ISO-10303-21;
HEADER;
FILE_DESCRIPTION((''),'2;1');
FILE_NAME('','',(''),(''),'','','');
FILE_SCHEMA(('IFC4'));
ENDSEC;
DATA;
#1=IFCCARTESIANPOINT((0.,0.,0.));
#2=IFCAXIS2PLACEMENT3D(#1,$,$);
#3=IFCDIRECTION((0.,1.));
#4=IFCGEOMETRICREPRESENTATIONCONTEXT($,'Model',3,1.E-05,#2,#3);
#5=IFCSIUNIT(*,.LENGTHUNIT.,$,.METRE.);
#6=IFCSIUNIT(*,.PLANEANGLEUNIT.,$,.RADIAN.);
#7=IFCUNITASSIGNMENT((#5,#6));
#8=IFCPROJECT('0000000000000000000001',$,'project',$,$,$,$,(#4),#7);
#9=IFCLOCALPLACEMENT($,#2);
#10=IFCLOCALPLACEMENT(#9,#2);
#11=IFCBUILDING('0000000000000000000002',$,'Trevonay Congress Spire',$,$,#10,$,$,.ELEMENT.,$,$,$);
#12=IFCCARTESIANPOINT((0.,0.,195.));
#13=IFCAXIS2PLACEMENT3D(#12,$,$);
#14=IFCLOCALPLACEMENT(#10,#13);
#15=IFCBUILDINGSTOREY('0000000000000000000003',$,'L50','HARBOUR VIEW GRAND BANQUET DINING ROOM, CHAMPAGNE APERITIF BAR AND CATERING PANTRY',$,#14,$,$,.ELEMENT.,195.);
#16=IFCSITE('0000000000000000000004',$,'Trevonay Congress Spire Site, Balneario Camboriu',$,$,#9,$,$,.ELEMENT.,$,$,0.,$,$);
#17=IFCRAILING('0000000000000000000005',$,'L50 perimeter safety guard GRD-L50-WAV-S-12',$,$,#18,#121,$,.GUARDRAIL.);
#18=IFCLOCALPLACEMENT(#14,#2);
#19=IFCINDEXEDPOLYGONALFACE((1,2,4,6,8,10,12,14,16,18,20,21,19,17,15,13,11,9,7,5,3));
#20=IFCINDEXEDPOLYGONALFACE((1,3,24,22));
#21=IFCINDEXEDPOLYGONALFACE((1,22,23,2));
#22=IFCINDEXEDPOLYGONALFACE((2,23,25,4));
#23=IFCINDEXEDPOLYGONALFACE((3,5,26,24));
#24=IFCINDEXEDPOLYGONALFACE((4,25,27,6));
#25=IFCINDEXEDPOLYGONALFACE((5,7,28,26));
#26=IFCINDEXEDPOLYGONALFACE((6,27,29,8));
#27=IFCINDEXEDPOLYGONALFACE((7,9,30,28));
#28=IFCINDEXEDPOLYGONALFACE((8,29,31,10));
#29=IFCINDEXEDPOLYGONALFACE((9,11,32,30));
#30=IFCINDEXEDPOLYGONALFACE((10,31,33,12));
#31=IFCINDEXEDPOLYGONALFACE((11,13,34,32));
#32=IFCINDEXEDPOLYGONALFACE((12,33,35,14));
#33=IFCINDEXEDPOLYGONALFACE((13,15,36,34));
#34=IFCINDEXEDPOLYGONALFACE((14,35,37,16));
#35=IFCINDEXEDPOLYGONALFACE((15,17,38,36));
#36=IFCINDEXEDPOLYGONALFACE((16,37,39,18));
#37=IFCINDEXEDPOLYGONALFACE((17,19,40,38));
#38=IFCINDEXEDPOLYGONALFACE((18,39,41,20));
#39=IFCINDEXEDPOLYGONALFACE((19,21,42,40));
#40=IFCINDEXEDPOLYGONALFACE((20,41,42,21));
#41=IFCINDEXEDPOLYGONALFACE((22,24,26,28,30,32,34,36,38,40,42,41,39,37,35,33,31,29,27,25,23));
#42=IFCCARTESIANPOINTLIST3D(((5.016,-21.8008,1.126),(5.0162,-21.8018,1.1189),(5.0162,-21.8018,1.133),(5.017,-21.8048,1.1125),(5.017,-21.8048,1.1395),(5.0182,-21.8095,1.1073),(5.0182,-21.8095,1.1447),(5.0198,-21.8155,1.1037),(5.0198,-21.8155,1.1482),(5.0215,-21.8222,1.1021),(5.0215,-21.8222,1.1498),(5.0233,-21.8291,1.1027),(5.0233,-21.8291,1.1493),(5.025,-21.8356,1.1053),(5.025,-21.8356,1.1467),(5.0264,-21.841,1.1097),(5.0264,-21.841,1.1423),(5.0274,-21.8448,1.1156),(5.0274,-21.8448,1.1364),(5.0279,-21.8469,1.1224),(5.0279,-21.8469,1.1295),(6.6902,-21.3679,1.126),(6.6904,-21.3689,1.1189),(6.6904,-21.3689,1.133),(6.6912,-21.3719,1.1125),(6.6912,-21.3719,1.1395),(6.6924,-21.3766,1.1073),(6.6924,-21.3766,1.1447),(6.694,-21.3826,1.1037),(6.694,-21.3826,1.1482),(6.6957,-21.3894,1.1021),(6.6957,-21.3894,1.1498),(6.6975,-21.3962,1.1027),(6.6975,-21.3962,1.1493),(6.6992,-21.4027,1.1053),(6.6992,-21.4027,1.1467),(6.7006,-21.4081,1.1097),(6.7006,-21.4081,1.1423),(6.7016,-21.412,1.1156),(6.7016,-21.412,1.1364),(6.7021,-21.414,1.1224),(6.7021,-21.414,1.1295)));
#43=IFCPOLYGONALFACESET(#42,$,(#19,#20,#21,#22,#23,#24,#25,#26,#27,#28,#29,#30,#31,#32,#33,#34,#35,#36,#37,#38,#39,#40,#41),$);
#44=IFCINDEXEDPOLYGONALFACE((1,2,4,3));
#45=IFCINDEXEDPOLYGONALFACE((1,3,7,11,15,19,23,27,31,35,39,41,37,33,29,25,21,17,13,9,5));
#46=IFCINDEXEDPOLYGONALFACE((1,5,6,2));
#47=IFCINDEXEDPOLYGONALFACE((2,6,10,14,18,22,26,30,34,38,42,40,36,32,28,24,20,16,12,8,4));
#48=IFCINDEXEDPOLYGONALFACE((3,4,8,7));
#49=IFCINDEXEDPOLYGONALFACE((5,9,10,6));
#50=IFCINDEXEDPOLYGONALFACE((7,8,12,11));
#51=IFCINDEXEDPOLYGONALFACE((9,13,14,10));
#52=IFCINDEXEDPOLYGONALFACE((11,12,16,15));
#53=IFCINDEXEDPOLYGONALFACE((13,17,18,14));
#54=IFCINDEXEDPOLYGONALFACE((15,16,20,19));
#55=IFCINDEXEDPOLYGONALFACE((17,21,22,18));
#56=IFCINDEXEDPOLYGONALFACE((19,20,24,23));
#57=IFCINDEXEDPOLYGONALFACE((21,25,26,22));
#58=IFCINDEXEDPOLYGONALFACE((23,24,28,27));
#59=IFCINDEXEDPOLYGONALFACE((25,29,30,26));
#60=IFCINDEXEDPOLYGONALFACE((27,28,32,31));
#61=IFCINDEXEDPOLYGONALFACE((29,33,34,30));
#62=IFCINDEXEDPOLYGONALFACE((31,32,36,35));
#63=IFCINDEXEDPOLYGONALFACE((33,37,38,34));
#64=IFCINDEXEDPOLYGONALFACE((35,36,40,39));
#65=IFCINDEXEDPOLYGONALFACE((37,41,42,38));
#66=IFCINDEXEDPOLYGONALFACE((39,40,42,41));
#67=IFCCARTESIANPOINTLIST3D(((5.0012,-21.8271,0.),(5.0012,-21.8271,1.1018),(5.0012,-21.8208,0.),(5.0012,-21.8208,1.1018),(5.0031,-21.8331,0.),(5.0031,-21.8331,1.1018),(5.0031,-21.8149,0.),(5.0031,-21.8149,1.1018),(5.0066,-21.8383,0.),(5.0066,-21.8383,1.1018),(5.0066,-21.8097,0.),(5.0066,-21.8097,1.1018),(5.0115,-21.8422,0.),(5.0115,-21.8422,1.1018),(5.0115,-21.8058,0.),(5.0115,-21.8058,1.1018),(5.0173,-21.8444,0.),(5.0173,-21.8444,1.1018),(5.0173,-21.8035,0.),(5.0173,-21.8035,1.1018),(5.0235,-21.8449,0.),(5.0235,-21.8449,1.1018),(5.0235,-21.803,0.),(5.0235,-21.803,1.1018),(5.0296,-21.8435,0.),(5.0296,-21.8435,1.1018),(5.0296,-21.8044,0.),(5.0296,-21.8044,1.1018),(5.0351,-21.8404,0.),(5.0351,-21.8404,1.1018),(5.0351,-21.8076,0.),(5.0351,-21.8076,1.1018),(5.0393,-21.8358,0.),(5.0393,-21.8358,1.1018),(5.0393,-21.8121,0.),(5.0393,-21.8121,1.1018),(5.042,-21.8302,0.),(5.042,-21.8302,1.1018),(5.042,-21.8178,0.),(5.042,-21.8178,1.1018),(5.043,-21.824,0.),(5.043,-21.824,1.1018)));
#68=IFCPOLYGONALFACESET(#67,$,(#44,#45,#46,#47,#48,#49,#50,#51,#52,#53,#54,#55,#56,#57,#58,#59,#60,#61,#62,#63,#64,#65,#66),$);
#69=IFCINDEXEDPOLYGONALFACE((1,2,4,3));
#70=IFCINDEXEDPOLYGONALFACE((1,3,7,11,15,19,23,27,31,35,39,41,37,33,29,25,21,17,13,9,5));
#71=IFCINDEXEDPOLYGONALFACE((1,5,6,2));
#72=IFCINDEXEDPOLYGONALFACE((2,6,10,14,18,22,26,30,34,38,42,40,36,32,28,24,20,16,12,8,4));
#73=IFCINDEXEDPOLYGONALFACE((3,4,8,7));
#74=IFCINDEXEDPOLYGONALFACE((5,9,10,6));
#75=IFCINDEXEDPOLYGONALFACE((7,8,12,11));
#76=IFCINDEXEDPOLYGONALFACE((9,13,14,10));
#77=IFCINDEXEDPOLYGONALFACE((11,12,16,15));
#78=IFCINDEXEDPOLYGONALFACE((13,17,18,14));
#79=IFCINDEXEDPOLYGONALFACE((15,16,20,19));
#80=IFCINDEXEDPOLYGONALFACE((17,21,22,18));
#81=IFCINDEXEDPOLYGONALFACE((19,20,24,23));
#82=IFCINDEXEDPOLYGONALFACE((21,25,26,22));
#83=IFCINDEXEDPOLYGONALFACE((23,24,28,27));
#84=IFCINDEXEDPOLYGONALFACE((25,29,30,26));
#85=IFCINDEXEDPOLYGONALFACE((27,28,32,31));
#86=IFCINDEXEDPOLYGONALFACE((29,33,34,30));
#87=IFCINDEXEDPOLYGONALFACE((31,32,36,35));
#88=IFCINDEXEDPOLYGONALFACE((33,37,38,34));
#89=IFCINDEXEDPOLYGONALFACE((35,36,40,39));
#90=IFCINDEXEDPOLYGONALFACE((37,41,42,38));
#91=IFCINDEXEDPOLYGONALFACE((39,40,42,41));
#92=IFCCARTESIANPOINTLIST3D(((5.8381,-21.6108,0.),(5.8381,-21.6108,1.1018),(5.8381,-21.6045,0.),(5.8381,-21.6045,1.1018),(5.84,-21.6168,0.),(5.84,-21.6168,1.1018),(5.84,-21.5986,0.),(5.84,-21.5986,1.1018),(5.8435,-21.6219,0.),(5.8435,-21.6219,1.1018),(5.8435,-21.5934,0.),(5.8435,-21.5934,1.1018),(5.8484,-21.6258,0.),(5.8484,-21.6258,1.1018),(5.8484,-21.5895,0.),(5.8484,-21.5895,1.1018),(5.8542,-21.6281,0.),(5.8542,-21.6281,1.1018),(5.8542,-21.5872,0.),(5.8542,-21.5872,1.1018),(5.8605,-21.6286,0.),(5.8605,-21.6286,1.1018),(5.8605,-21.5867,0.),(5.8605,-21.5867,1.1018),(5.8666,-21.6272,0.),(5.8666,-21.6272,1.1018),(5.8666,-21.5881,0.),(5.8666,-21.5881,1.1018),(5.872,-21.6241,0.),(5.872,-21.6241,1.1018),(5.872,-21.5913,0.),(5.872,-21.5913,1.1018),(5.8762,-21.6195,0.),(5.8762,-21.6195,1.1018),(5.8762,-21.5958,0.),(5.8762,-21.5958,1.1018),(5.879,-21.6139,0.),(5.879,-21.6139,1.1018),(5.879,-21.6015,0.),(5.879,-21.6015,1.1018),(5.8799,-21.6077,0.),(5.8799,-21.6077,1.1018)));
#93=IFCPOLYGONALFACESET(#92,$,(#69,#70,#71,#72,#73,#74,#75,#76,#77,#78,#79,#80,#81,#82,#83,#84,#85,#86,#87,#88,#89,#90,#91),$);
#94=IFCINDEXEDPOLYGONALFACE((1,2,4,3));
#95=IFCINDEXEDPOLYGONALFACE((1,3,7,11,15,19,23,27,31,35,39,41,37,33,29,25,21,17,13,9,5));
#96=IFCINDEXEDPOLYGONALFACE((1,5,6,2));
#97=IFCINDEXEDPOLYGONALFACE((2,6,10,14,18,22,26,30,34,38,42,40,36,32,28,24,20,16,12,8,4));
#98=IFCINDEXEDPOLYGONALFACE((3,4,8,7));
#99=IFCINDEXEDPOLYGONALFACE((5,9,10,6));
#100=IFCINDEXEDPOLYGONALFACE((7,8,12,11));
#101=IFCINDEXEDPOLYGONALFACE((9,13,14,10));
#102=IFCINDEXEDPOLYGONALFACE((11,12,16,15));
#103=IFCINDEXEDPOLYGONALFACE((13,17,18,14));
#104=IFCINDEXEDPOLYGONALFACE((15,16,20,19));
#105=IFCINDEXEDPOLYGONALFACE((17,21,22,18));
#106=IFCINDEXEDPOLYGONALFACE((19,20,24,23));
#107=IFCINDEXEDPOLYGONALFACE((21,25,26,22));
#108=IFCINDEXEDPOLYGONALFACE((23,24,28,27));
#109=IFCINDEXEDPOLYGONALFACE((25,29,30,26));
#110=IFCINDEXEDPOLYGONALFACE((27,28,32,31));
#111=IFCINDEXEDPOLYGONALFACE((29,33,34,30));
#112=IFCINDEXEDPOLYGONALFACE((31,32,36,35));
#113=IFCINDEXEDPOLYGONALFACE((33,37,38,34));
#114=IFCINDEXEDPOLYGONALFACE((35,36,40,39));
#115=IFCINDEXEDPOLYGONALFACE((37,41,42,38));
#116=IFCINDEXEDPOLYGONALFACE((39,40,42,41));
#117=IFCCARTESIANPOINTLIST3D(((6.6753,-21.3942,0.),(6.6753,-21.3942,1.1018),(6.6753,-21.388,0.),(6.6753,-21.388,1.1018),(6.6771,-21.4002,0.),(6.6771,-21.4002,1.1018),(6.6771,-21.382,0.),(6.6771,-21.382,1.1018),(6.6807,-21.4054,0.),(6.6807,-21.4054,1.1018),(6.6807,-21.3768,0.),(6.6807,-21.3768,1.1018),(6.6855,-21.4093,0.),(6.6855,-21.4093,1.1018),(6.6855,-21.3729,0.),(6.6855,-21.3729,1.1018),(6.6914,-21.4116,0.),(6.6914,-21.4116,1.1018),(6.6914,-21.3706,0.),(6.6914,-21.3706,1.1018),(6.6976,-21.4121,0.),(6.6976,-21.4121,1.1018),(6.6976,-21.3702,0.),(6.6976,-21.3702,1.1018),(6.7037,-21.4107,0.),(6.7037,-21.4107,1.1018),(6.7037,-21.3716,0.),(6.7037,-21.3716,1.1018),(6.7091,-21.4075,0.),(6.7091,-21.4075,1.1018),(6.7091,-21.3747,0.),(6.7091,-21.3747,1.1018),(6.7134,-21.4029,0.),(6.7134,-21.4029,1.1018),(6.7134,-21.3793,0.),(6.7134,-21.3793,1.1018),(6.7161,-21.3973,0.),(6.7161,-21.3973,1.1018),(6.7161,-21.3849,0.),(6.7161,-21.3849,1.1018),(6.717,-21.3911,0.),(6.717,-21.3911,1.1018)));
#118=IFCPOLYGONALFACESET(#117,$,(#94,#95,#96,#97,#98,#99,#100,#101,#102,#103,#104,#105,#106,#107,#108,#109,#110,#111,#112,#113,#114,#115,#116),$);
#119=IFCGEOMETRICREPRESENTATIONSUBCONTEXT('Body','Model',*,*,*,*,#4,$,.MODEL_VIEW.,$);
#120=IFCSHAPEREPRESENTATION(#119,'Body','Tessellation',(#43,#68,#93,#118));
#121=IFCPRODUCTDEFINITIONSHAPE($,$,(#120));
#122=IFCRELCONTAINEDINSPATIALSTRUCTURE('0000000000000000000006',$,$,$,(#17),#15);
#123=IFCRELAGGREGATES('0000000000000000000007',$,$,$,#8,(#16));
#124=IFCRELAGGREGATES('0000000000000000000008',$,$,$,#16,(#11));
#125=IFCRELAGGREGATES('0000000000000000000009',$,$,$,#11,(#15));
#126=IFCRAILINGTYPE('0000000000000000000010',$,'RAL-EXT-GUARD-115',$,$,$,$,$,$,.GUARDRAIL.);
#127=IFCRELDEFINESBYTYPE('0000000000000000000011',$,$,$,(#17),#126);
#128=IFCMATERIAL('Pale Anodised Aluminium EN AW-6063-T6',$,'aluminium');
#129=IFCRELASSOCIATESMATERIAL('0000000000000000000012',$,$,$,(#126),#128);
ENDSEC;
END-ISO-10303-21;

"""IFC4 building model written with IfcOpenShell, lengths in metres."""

from ifc_helpers import new_model, si_unit, direction, frame, origin, origin_2d, place, context, subcontext, project, spatial, circle, extrude, material, type_object, element, save


model = new_model("IFC4")

# Units and contexts
model_context = context("Model", 3, precision=1e-05, world=origin(), true_north=direction((0.0, 1.0)))
body_context = subcontext(model_context, "Body", "Model", "MODEL_VIEW")
ifc_project = project(units=[si_unit("LENGTHUNIT", "METRE"), si_unit("PLANEANGLEUNIT", "RADIAN")], contexts=[model_context])

# Site, building, storey
site_placement = place(None, origin())
site = spatial("IfcSite", under=ifc_project, at=site_placement, Name="Trevonay Congress Spire Site, Balneario Camboriu", CompositionType="ELEMENT", RefElevation=0.0)
building_placement = place(site_placement, origin())
building = spatial("IfcBuilding", under=site, at=building_placement, Name="Trevonay Congress Spire", CompositionType="ELEMENT")
storey_placement = place(building_placement, frame((0.0, 0.0, 195.0)))
storey = spatial("IfcBuildingStorey", under=building, at=storey_placement, Name="L50", Description="HARBOUR VIEW GRAND BANQUET DINING ROOM, CHAMPAGNE APERITIF BAR AND CATERING PANTRY", CompositionType="ELEMENT", Elevation=195.0)

# Shared definitions
ifc_material_1 = material(Name="Pale Anodised Aluminium EN AW-6063-T6", Category="aluminium")

# Railing
railing_type = type_object("IfcRailingType", Name="RAL-EXT-GUARD-115", PredefinedType="GUARDRAIL", material=ifc_material_1)
railing_1_placement = place(storey_placement, frame((5.022, -21.824, 0.0)))
element("IfcRailing", 1, at=railing_1_placement, inside=storey, type_object=railing_type, Name="L50 perimeter safety guard GRD-L50-WAV-S-12", PredefinedType="GUARDRAIL", context=body_context, shape_type="SweptSolid", body=[
    extrude(circle(Radius=0.0239, at=origin_2d()), frame((0.0, 0.0, 1.126), z_axis=(0.968159, 0.250335, 0.0), x_axis=(-0.250335, 0.968159, 0.0)), (0.0, 0.0, 1.0), 1.7292),
    extrude(circle(Radius=0.021, at=origin_2d()), origin(), (0.0, 0.0, 1.0), 1.1018),
    extrude(circle(Radius=0.021, at=origin_2d()), frame((0.8369, 0.2163, 0.0)), (0.0, 0.0, 1.0), 1.1018),
    extrude(circle(Radius=0.021, at=origin_2d()), frame((1.6741, 0.4329, 0.0)), (0.0, 0.0, 1.0), 1.1018),
])

save(model, "model.ifc")
